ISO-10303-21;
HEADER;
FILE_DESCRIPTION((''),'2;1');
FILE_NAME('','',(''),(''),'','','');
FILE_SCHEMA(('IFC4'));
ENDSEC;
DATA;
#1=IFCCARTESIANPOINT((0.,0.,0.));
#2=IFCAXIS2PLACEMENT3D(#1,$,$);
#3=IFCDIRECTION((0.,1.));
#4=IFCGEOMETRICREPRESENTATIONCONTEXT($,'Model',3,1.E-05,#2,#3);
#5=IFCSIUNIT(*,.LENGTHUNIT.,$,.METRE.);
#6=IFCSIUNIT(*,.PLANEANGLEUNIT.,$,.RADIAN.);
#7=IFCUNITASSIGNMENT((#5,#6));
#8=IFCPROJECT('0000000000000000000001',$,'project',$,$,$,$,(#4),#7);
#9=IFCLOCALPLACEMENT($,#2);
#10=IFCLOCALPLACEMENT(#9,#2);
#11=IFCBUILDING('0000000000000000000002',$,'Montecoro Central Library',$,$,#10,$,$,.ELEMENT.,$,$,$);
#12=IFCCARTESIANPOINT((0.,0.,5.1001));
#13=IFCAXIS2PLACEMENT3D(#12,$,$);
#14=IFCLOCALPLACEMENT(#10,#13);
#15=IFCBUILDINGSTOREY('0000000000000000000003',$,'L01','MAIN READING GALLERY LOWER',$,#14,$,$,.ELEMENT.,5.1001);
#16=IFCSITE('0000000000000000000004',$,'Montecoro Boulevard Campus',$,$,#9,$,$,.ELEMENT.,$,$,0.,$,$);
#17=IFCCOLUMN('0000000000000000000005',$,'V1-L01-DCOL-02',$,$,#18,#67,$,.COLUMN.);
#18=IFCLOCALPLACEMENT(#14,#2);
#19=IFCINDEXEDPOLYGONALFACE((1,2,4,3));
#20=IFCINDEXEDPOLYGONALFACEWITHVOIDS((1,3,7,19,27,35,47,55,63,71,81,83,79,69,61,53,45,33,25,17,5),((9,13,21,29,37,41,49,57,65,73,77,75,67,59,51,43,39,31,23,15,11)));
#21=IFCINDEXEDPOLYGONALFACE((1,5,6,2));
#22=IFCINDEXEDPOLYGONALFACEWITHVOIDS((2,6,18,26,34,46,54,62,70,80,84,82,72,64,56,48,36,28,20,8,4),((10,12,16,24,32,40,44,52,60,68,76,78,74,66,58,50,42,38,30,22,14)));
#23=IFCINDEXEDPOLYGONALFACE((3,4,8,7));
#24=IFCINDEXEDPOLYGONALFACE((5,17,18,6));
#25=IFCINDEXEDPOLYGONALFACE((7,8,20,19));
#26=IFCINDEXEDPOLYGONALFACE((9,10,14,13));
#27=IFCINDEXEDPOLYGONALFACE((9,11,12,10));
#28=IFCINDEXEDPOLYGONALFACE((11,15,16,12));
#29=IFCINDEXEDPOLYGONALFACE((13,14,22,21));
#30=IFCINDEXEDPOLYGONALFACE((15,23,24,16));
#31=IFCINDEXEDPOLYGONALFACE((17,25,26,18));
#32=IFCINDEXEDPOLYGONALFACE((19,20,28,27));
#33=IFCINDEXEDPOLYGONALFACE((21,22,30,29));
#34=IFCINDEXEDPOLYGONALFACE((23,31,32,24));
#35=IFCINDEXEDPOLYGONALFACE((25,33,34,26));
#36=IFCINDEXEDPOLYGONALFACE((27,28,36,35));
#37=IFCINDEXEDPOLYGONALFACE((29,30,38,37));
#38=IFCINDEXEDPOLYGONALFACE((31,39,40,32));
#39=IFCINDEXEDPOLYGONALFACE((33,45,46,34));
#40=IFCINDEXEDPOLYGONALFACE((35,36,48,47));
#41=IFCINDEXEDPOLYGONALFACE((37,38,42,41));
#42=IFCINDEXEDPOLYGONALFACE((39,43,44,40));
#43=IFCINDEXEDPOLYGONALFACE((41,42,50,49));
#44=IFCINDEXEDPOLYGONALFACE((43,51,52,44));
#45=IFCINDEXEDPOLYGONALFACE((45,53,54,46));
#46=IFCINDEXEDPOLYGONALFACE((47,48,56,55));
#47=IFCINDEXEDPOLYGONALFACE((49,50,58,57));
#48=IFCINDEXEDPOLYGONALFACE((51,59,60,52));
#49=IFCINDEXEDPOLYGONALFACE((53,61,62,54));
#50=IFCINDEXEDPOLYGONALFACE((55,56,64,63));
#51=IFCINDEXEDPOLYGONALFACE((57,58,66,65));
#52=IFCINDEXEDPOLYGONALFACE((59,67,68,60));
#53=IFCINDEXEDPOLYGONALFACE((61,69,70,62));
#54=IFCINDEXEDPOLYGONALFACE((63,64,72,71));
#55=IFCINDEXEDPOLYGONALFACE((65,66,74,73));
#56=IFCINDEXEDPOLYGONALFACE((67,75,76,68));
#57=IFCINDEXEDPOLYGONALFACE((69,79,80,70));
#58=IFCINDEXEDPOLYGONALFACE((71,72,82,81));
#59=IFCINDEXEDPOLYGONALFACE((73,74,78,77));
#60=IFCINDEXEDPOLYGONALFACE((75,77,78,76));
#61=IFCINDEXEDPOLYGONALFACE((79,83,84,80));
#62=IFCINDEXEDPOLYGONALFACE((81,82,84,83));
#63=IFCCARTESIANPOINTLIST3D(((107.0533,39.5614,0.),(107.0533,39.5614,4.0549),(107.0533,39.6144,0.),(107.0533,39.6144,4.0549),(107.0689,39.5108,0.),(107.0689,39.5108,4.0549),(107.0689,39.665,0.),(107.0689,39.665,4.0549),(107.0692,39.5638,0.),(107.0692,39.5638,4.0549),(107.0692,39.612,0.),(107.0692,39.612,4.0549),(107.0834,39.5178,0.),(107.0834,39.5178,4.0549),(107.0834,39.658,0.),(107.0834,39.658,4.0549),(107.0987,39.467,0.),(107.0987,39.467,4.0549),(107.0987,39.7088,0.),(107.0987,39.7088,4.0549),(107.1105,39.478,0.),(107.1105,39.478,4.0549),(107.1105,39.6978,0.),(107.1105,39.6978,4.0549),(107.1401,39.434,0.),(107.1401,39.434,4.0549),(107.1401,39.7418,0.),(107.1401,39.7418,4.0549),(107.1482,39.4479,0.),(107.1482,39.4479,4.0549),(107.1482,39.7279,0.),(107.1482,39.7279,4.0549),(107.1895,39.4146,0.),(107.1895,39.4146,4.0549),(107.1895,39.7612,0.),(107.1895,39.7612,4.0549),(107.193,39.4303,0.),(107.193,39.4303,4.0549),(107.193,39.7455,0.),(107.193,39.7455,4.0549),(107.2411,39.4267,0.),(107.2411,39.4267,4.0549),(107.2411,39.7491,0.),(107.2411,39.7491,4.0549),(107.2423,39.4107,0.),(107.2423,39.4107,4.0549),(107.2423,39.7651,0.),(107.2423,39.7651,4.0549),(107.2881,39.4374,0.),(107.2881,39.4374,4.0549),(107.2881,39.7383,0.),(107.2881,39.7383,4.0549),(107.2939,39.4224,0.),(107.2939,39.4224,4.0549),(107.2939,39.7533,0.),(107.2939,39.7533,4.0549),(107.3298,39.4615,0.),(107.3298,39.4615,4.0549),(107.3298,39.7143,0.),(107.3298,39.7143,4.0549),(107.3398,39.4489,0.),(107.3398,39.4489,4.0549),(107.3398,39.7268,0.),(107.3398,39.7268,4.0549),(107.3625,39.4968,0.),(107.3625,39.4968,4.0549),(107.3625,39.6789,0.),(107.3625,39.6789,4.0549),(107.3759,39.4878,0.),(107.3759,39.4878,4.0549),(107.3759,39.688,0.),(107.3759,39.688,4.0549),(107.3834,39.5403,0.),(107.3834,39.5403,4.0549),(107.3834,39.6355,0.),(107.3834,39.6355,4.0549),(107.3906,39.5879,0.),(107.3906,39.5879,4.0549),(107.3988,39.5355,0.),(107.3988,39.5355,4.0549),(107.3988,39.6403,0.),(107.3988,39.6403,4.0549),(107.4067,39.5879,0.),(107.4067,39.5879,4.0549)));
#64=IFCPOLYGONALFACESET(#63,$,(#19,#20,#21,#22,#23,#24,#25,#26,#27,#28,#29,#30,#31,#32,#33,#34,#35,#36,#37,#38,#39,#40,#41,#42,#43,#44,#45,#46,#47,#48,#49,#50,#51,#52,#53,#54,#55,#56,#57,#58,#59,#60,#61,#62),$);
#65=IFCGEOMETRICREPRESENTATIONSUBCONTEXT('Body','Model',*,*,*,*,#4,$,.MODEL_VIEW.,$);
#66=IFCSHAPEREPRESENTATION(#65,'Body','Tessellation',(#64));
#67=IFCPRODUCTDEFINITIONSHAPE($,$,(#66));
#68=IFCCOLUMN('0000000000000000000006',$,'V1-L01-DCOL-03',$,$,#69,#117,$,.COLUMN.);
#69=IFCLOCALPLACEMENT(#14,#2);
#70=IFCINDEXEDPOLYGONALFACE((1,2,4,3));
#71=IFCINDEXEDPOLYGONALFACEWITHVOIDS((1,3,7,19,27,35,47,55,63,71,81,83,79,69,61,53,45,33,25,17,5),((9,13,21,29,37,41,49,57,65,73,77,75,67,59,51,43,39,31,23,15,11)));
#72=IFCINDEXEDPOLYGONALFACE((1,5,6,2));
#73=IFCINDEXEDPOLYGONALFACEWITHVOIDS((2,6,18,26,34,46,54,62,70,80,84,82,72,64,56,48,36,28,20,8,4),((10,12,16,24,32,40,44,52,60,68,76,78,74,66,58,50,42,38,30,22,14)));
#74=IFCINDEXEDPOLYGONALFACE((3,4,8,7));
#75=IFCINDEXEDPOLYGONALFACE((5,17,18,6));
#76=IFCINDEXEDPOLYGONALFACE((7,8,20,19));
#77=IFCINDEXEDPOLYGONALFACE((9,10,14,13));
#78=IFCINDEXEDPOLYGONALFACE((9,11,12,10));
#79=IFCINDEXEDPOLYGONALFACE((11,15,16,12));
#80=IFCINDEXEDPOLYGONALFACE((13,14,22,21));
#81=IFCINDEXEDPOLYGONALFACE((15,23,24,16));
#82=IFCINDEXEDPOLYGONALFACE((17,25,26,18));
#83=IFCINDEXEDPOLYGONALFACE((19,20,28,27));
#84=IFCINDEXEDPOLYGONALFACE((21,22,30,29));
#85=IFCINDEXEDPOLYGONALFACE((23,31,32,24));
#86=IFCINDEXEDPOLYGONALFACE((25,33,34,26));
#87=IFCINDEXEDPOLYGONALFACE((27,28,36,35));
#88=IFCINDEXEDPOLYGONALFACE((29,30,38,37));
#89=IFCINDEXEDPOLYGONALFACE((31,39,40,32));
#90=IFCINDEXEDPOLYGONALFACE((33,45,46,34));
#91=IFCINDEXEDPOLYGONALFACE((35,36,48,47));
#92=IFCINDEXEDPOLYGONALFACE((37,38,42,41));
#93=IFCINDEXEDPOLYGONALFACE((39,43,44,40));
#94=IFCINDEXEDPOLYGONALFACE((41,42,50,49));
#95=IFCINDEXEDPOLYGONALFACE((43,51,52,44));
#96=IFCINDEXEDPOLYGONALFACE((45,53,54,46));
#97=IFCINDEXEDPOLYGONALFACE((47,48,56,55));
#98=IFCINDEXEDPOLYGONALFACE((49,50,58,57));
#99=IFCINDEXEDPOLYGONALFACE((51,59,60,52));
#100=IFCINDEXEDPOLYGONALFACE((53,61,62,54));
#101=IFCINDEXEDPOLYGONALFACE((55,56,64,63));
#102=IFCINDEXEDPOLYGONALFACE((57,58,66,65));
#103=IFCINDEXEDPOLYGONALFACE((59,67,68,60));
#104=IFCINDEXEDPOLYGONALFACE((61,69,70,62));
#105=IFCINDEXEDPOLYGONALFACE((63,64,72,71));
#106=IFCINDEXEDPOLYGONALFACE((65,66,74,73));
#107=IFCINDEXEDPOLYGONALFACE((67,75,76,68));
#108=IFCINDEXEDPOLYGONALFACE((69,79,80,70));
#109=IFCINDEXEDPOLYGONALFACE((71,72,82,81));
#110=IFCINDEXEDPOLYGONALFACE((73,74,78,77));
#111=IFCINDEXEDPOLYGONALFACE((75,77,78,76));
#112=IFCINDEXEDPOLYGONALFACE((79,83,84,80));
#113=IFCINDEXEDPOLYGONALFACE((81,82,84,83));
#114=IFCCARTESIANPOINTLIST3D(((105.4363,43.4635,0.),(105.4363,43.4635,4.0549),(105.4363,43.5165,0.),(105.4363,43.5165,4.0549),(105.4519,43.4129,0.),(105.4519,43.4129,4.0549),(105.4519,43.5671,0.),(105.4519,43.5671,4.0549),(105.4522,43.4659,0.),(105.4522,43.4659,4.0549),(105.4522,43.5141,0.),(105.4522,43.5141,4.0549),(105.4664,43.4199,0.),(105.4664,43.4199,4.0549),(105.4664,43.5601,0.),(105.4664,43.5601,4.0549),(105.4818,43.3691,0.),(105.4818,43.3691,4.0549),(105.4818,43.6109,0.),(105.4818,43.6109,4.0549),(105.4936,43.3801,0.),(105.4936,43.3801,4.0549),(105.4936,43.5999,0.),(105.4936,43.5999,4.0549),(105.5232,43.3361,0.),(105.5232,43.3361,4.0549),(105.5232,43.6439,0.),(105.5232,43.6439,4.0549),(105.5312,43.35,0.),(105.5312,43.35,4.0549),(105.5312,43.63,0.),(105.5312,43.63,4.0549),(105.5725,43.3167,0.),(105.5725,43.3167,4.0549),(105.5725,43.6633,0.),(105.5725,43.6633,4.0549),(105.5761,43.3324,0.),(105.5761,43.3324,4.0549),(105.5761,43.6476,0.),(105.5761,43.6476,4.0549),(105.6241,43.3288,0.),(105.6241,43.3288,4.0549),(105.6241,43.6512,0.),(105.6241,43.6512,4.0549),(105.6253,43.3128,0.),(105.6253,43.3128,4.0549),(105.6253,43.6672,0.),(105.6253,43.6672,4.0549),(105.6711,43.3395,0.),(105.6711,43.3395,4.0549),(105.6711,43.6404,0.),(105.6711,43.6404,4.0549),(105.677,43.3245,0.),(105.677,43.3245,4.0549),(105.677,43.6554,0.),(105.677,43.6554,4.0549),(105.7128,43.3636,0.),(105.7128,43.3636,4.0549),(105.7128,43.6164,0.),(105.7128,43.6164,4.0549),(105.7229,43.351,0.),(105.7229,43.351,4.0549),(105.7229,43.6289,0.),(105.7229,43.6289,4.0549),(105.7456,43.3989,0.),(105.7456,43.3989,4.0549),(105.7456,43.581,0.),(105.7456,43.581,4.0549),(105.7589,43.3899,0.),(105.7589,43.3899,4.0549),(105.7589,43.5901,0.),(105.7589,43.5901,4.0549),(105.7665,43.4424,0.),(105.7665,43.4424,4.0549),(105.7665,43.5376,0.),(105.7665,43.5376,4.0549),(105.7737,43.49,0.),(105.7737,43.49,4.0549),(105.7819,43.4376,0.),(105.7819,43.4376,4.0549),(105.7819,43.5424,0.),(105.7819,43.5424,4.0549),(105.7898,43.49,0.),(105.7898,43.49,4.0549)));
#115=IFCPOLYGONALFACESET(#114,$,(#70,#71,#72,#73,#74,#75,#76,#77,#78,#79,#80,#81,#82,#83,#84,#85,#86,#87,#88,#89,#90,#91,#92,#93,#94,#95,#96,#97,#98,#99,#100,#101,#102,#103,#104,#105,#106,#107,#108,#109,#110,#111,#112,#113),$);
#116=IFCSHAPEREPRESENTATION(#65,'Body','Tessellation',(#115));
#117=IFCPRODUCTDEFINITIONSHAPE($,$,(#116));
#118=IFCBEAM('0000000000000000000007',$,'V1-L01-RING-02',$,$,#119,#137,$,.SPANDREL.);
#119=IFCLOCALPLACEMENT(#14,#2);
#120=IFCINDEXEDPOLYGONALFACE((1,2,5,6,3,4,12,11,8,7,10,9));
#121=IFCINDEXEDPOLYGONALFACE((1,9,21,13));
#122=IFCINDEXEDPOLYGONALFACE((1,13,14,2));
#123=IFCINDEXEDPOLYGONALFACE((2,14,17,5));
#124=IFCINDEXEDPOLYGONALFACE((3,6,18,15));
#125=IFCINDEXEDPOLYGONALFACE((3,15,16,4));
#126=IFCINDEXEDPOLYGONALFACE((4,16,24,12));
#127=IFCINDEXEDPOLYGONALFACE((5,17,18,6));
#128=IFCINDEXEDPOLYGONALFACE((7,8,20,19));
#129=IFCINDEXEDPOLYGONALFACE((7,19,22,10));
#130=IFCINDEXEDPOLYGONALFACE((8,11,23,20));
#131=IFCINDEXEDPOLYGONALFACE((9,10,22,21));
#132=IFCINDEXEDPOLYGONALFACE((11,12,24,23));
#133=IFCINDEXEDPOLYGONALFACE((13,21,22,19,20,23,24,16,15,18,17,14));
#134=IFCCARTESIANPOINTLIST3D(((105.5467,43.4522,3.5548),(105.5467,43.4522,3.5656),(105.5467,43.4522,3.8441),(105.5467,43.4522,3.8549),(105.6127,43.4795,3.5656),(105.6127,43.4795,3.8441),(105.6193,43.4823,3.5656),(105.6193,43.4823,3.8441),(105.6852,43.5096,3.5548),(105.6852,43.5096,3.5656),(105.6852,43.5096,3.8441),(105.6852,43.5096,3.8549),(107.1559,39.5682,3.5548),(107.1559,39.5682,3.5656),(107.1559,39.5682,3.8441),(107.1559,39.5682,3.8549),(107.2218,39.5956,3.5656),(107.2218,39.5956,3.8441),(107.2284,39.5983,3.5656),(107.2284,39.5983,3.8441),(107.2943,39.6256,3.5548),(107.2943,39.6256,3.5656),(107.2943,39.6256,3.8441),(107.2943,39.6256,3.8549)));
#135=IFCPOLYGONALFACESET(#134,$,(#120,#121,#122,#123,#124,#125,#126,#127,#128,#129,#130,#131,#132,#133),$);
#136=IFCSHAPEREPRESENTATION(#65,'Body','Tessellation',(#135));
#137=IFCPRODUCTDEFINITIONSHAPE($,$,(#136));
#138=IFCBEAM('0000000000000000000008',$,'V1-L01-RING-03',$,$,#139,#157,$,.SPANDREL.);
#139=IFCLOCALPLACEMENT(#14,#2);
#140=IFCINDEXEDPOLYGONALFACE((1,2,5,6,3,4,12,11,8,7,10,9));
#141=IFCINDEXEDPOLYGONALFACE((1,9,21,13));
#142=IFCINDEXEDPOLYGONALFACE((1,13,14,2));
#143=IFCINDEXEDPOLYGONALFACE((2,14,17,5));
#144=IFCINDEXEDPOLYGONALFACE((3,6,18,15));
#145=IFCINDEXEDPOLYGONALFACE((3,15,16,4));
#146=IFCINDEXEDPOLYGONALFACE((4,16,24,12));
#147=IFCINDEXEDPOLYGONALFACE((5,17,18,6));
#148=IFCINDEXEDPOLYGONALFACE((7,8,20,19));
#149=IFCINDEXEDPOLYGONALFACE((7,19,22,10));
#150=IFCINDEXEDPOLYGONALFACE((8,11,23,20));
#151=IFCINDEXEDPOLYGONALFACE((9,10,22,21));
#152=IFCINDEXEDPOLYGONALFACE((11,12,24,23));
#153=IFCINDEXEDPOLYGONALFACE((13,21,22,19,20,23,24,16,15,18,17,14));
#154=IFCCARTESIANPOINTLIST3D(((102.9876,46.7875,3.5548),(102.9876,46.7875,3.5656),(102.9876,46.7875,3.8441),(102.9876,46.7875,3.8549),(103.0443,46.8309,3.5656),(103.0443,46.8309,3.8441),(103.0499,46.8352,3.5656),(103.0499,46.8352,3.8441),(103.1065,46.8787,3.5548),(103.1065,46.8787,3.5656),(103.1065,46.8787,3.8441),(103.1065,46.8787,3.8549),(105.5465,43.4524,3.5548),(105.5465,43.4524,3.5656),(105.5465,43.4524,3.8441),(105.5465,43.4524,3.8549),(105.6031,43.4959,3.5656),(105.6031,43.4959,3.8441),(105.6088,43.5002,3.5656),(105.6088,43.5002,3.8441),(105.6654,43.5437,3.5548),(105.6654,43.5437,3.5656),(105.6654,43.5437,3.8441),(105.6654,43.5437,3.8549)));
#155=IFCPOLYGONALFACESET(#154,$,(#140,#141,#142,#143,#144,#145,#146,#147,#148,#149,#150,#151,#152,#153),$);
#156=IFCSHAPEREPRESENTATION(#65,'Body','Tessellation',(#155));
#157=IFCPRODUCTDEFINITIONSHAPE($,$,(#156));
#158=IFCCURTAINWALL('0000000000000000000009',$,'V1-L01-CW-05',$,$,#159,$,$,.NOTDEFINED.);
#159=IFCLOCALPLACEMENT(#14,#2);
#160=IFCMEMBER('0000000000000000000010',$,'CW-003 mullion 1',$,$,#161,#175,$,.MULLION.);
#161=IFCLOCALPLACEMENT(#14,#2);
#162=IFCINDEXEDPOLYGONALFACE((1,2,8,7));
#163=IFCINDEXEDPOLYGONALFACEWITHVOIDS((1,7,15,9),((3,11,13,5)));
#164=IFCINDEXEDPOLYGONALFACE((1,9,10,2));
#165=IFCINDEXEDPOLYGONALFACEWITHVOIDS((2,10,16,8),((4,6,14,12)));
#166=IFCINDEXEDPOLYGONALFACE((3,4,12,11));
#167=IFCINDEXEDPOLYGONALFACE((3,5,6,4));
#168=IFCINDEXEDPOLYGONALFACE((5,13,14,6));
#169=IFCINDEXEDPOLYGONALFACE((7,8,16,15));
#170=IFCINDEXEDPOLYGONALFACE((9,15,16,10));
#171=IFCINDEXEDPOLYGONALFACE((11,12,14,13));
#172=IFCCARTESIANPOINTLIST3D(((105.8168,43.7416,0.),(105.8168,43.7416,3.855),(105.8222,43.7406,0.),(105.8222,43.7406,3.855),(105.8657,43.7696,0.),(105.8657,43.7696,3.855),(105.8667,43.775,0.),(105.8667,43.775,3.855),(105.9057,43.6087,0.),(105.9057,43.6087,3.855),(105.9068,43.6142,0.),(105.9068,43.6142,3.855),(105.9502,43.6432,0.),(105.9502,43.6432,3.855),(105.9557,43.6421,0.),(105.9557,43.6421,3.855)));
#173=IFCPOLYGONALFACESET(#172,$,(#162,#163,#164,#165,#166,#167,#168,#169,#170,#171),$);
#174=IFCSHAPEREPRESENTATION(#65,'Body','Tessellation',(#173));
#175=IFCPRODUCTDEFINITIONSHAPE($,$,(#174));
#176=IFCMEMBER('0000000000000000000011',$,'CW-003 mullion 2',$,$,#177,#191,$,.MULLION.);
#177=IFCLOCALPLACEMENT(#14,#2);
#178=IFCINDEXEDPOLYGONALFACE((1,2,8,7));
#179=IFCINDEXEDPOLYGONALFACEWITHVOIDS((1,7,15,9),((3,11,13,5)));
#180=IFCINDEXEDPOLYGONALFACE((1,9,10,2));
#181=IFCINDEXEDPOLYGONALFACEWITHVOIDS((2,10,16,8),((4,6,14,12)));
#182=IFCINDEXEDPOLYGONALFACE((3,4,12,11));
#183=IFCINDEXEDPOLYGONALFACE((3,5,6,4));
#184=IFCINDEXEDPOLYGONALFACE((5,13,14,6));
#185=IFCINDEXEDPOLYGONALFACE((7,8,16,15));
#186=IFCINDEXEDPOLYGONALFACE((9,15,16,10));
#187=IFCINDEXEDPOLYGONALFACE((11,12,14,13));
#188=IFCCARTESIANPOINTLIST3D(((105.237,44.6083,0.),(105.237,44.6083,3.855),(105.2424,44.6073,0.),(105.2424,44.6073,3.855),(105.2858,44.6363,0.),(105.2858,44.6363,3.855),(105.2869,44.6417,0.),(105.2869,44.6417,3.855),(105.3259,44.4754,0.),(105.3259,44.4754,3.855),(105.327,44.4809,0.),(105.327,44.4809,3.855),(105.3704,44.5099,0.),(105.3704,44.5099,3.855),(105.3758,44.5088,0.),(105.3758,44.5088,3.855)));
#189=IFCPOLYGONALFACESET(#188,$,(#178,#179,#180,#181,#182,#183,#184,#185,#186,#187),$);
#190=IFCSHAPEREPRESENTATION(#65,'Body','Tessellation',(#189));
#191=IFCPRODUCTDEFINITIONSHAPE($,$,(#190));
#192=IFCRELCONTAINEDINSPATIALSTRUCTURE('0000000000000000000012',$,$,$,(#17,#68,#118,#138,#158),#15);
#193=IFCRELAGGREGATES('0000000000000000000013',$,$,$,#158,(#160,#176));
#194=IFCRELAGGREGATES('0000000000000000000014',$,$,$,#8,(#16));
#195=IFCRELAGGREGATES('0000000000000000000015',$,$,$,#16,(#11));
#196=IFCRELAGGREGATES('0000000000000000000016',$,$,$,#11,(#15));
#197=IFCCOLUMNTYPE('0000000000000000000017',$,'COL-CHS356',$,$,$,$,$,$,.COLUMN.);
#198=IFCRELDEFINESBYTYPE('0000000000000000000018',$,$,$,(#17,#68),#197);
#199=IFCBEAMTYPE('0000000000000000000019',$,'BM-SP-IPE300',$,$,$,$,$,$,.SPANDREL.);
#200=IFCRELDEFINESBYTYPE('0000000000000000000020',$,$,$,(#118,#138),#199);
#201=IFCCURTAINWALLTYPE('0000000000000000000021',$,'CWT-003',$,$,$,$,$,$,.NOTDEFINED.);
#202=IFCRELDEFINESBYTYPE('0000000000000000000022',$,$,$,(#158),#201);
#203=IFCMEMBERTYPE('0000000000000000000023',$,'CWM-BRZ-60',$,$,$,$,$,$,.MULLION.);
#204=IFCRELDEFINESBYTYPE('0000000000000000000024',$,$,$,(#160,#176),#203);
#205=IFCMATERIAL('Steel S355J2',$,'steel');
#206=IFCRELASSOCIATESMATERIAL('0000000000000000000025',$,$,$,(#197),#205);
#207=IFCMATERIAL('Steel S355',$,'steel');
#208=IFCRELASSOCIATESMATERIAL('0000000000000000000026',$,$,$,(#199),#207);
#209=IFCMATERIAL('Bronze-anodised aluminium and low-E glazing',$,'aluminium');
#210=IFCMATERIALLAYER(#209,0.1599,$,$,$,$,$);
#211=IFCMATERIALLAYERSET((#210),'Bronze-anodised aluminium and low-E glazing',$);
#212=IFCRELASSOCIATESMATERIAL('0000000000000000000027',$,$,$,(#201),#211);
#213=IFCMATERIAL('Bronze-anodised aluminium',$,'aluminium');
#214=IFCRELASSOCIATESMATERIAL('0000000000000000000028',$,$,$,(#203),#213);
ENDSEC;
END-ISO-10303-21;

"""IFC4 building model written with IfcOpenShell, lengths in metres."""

from ifc_helpers import new_model, si_unit, direction, frame, origin, origin_2d, place, context, subcontext, project, spatial, hollow_rectangle, hollow_circle, i_section, extrude, material, layer, layer_set, material_profile, profile_set, type_object, element, aggregate, save


model = new_model("IFC4")

# Units and contexts
model_context = context("Model", 3, precision=1e-05, world=origin(), true_north=direction((0.0, 1.0)))
body_context = subcontext(model_context, "Body", "Model", "MODEL_VIEW")
ifc_project = project(units=[si_unit("LENGTHUNIT", "METRE"), si_unit("PLANEANGLEUNIT", "RADIAN")], contexts=[model_context])

# Site, building, storey
site_placement = place(None, origin())
site = spatial("IfcSite", under=ifc_project, at=site_placement, Name="Montecoro Boulevard Campus", CompositionType="ELEMENT", RefElevation=0.0)
building_placement = place(site_placement, origin())
building = spatial("IfcBuilding", under=site, at=building_placement, Name="Montecoro Central Library", CompositionType="ELEMENT")
storey_placement = place(building_placement, frame((0.0, 0.0, 5.1001)))
storey = spatial("IfcBuildingStorey", under=building, at=storey_placement, Name="L01", Description="MAIN READING GALLERY LOWER", CompositionType="ELEMENT", Elevation=5.1001)

# Columns
ifc_material_1 = material(Name="Steel S355J2", Category="steel")
ifc_material_profile_1 = material_profile(ifc_material_1, hollow_circle(Radius=0.1777, WallThickness=0.0161, at=origin_2d()), Name="CHS 355.6x16.0")
ifc_profile_set_1 = profile_set([ifc_material_profile_1], Name="Steel S355J2")
column_type = type_object("IfcColumnType", Name="COL-CHS356", PredefinedType="COLUMN", material=ifc_profile_set_1)
for number, where, z_axis, x_axis, name in (
    (1, (107.229, 39.5879, 0.0), (0.0, 0.0, 1.0), (1.0, 0.0, 0.0), "V1-L01-DCOL-02"),
    (2, (105.6121, 43.49, 0.0), (0.0, 0.0, 1.0), (1.0, 0.0, 0.0), "V1-L01-DCOL-03"),
):
    element("IfcColumn", number, at=place(storey_placement, frame(where, z_axis=z_axis, x_axis=x_axis)), inside=storey, type_object=column_type, Name=name, PredefinedType="COLUMN", context=body_context, shape_type="SweptSolid", body=[
        extrude(hollow_circle(Radius=0.1777, WallThickness=0.0161, at=origin_2d()), origin(), (0.0, 0.0, 1.0), 4.0549),
    ])

# Beams
ifc_material_2 = material(Name="Steel S355", Category="steel")
ifc_material_profile_2 = material_profile(ifc_material_2, i_section(OverallWidth=0.1499, OverallDepth=0.3, WebThickness=0.0071, FlangeThickness=0.0107, at=origin_2d()), Name="IPE 300")
ifc_profile_set_2 = profile_set([ifc_material_profile_2], Name="Steel S355")
beam_type = type_object("IfcBeamType", Name="BM-SP-IPE300", PredefinedType="SPANDREL", material=ifc_profile_set_2)
beam_1_placement = place(storey_placement, frame((107.2251, 39.5969, 3.7048), z_axis=(-0.382747, 0.923853, 0.0), x_axis=(-0.923853, -0.382747, 0.0)))
element("IfcBeam", 3, at=beam_1_placement, inside=storey, type_object=beam_type, Name="V1-L01-RING-02", PredefinedType="SPANDREL", context=body_context, shape_type="SweptSolid", body=[
    extrude(i_section(OverallWidth=0.1499, OverallDepth=0.3, WebThickness=0.0071, FlangeThickness=0.0107, at=origin_2d()), origin(), (0.0, 0.0, 1.0), 4.2041),
])
beam_2_placement = place(storey_placement, frame((105.606, 43.498, 3.7048), z_axis=(-0.608736, 0.793373, 0.0), x_axis=(-0.793373, -0.608736, 0.0)))
element("IfcBeam", 4, at=beam_2_placement, inside=storey, type_object=beam_type, Name="V1-L01-RING-03", PredefinedType="SPANDREL", context=body_context, shape_type="SweptSolid", body=[
    extrude(i_section(OverallWidth=0.1499, OverallDepth=0.3, WebThickness=0.0071, FlangeThickness=0.0107, at=origin_2d()), origin(), (0.0, 0.0, 1.0), 4.2036),
])

# Curtain wall, members
ifc_material_3 = material(Name="Bronze-anodised aluminium and low-E glazing", Category="aluminium")
ifc_layer_1 = layer(ifc_material_3, 0.1599)
ifc_layer_set_1 = layer_set([ifc_layer_1], Name="Bronze-anodised aluminium and low-E glazing")
curtain_wall_type_1 = type_object("IfcCurtainWallType", Name="CWT-003", PredefinedType="NOTDEFINED", material=ifc_layer_set_1)
curtain_wall_1_placement = place(storey_placement, origin())
curtain_wall_1 = element("IfcCurtainWall", 5, at=curtain_wall_1_placement, inside=storey, type_object=curtain_wall_type_1, Name="V1-L01-CW-05", PredefinedType="NOTDEFINED")
ifc_material_4 = material(Name="Bronze-anodised aluminium", Category="aluminium")
ifc_material_profile_3 = material_profile(ifc_material_4, hollow_rectangle(XDim=0.0601, YDim=0.1599, WallThickness=0.0039, at=origin_2d()), Name="CWM 160x60x4.0")
ifc_profile_set_3 = profile_set([ifc_material_profile_3], Name="Bronze-anodised aluminium")
member_type_1 = type_object("IfcMemberType", Name="CWM-BRZ-60", PredefinedType="MULLION", material=ifc_profile_set_3)
member_1_placement = place(storey_placement, frame((105.8862, 43.6919, 0.0), z_axis=(0.0, 0.0, 1.0), x_axis=(-0.831117, -0.556098, 0.0)))
member_1 = element("IfcMember", 6, at=member_1_placement, type_object=member_type_1, Name="CW-003 mullion 1", PredefinedType="MULLION", context=body_context, shape_type="SweptSolid", body=[
    extrude(hollow_rectangle(XDim=0.0601, YDim=0.1599, WallThickness=0.0039, at=origin_2d()), origin(), (0.0, 0.0, 1.0), 3.855),
])
member_2_placement = place(storey_placement, frame((105.3064, 44.5586, 0.0), z_axis=(0.0, 0.0, 1.0), x_axis=(-0.831117, -0.556098, 0.0)))
member_2 = element("IfcMember", 7, at=member_2_placement, type_object=member_type_1, Name="CW-003 mullion 2", PredefinedType="MULLION", context=body_context, shape_type="SweptSolid", body=[
    extrude(hollow_rectangle(XDim=0.0601, YDim=0.1599, WallThickness=0.0039, at=origin_2d()), origin(), (0.0, 0.0, 1.0), 3.855),
])

aggregate(curtain_wall_1, [member_1, member_2])

save(model, "model.ifc")
